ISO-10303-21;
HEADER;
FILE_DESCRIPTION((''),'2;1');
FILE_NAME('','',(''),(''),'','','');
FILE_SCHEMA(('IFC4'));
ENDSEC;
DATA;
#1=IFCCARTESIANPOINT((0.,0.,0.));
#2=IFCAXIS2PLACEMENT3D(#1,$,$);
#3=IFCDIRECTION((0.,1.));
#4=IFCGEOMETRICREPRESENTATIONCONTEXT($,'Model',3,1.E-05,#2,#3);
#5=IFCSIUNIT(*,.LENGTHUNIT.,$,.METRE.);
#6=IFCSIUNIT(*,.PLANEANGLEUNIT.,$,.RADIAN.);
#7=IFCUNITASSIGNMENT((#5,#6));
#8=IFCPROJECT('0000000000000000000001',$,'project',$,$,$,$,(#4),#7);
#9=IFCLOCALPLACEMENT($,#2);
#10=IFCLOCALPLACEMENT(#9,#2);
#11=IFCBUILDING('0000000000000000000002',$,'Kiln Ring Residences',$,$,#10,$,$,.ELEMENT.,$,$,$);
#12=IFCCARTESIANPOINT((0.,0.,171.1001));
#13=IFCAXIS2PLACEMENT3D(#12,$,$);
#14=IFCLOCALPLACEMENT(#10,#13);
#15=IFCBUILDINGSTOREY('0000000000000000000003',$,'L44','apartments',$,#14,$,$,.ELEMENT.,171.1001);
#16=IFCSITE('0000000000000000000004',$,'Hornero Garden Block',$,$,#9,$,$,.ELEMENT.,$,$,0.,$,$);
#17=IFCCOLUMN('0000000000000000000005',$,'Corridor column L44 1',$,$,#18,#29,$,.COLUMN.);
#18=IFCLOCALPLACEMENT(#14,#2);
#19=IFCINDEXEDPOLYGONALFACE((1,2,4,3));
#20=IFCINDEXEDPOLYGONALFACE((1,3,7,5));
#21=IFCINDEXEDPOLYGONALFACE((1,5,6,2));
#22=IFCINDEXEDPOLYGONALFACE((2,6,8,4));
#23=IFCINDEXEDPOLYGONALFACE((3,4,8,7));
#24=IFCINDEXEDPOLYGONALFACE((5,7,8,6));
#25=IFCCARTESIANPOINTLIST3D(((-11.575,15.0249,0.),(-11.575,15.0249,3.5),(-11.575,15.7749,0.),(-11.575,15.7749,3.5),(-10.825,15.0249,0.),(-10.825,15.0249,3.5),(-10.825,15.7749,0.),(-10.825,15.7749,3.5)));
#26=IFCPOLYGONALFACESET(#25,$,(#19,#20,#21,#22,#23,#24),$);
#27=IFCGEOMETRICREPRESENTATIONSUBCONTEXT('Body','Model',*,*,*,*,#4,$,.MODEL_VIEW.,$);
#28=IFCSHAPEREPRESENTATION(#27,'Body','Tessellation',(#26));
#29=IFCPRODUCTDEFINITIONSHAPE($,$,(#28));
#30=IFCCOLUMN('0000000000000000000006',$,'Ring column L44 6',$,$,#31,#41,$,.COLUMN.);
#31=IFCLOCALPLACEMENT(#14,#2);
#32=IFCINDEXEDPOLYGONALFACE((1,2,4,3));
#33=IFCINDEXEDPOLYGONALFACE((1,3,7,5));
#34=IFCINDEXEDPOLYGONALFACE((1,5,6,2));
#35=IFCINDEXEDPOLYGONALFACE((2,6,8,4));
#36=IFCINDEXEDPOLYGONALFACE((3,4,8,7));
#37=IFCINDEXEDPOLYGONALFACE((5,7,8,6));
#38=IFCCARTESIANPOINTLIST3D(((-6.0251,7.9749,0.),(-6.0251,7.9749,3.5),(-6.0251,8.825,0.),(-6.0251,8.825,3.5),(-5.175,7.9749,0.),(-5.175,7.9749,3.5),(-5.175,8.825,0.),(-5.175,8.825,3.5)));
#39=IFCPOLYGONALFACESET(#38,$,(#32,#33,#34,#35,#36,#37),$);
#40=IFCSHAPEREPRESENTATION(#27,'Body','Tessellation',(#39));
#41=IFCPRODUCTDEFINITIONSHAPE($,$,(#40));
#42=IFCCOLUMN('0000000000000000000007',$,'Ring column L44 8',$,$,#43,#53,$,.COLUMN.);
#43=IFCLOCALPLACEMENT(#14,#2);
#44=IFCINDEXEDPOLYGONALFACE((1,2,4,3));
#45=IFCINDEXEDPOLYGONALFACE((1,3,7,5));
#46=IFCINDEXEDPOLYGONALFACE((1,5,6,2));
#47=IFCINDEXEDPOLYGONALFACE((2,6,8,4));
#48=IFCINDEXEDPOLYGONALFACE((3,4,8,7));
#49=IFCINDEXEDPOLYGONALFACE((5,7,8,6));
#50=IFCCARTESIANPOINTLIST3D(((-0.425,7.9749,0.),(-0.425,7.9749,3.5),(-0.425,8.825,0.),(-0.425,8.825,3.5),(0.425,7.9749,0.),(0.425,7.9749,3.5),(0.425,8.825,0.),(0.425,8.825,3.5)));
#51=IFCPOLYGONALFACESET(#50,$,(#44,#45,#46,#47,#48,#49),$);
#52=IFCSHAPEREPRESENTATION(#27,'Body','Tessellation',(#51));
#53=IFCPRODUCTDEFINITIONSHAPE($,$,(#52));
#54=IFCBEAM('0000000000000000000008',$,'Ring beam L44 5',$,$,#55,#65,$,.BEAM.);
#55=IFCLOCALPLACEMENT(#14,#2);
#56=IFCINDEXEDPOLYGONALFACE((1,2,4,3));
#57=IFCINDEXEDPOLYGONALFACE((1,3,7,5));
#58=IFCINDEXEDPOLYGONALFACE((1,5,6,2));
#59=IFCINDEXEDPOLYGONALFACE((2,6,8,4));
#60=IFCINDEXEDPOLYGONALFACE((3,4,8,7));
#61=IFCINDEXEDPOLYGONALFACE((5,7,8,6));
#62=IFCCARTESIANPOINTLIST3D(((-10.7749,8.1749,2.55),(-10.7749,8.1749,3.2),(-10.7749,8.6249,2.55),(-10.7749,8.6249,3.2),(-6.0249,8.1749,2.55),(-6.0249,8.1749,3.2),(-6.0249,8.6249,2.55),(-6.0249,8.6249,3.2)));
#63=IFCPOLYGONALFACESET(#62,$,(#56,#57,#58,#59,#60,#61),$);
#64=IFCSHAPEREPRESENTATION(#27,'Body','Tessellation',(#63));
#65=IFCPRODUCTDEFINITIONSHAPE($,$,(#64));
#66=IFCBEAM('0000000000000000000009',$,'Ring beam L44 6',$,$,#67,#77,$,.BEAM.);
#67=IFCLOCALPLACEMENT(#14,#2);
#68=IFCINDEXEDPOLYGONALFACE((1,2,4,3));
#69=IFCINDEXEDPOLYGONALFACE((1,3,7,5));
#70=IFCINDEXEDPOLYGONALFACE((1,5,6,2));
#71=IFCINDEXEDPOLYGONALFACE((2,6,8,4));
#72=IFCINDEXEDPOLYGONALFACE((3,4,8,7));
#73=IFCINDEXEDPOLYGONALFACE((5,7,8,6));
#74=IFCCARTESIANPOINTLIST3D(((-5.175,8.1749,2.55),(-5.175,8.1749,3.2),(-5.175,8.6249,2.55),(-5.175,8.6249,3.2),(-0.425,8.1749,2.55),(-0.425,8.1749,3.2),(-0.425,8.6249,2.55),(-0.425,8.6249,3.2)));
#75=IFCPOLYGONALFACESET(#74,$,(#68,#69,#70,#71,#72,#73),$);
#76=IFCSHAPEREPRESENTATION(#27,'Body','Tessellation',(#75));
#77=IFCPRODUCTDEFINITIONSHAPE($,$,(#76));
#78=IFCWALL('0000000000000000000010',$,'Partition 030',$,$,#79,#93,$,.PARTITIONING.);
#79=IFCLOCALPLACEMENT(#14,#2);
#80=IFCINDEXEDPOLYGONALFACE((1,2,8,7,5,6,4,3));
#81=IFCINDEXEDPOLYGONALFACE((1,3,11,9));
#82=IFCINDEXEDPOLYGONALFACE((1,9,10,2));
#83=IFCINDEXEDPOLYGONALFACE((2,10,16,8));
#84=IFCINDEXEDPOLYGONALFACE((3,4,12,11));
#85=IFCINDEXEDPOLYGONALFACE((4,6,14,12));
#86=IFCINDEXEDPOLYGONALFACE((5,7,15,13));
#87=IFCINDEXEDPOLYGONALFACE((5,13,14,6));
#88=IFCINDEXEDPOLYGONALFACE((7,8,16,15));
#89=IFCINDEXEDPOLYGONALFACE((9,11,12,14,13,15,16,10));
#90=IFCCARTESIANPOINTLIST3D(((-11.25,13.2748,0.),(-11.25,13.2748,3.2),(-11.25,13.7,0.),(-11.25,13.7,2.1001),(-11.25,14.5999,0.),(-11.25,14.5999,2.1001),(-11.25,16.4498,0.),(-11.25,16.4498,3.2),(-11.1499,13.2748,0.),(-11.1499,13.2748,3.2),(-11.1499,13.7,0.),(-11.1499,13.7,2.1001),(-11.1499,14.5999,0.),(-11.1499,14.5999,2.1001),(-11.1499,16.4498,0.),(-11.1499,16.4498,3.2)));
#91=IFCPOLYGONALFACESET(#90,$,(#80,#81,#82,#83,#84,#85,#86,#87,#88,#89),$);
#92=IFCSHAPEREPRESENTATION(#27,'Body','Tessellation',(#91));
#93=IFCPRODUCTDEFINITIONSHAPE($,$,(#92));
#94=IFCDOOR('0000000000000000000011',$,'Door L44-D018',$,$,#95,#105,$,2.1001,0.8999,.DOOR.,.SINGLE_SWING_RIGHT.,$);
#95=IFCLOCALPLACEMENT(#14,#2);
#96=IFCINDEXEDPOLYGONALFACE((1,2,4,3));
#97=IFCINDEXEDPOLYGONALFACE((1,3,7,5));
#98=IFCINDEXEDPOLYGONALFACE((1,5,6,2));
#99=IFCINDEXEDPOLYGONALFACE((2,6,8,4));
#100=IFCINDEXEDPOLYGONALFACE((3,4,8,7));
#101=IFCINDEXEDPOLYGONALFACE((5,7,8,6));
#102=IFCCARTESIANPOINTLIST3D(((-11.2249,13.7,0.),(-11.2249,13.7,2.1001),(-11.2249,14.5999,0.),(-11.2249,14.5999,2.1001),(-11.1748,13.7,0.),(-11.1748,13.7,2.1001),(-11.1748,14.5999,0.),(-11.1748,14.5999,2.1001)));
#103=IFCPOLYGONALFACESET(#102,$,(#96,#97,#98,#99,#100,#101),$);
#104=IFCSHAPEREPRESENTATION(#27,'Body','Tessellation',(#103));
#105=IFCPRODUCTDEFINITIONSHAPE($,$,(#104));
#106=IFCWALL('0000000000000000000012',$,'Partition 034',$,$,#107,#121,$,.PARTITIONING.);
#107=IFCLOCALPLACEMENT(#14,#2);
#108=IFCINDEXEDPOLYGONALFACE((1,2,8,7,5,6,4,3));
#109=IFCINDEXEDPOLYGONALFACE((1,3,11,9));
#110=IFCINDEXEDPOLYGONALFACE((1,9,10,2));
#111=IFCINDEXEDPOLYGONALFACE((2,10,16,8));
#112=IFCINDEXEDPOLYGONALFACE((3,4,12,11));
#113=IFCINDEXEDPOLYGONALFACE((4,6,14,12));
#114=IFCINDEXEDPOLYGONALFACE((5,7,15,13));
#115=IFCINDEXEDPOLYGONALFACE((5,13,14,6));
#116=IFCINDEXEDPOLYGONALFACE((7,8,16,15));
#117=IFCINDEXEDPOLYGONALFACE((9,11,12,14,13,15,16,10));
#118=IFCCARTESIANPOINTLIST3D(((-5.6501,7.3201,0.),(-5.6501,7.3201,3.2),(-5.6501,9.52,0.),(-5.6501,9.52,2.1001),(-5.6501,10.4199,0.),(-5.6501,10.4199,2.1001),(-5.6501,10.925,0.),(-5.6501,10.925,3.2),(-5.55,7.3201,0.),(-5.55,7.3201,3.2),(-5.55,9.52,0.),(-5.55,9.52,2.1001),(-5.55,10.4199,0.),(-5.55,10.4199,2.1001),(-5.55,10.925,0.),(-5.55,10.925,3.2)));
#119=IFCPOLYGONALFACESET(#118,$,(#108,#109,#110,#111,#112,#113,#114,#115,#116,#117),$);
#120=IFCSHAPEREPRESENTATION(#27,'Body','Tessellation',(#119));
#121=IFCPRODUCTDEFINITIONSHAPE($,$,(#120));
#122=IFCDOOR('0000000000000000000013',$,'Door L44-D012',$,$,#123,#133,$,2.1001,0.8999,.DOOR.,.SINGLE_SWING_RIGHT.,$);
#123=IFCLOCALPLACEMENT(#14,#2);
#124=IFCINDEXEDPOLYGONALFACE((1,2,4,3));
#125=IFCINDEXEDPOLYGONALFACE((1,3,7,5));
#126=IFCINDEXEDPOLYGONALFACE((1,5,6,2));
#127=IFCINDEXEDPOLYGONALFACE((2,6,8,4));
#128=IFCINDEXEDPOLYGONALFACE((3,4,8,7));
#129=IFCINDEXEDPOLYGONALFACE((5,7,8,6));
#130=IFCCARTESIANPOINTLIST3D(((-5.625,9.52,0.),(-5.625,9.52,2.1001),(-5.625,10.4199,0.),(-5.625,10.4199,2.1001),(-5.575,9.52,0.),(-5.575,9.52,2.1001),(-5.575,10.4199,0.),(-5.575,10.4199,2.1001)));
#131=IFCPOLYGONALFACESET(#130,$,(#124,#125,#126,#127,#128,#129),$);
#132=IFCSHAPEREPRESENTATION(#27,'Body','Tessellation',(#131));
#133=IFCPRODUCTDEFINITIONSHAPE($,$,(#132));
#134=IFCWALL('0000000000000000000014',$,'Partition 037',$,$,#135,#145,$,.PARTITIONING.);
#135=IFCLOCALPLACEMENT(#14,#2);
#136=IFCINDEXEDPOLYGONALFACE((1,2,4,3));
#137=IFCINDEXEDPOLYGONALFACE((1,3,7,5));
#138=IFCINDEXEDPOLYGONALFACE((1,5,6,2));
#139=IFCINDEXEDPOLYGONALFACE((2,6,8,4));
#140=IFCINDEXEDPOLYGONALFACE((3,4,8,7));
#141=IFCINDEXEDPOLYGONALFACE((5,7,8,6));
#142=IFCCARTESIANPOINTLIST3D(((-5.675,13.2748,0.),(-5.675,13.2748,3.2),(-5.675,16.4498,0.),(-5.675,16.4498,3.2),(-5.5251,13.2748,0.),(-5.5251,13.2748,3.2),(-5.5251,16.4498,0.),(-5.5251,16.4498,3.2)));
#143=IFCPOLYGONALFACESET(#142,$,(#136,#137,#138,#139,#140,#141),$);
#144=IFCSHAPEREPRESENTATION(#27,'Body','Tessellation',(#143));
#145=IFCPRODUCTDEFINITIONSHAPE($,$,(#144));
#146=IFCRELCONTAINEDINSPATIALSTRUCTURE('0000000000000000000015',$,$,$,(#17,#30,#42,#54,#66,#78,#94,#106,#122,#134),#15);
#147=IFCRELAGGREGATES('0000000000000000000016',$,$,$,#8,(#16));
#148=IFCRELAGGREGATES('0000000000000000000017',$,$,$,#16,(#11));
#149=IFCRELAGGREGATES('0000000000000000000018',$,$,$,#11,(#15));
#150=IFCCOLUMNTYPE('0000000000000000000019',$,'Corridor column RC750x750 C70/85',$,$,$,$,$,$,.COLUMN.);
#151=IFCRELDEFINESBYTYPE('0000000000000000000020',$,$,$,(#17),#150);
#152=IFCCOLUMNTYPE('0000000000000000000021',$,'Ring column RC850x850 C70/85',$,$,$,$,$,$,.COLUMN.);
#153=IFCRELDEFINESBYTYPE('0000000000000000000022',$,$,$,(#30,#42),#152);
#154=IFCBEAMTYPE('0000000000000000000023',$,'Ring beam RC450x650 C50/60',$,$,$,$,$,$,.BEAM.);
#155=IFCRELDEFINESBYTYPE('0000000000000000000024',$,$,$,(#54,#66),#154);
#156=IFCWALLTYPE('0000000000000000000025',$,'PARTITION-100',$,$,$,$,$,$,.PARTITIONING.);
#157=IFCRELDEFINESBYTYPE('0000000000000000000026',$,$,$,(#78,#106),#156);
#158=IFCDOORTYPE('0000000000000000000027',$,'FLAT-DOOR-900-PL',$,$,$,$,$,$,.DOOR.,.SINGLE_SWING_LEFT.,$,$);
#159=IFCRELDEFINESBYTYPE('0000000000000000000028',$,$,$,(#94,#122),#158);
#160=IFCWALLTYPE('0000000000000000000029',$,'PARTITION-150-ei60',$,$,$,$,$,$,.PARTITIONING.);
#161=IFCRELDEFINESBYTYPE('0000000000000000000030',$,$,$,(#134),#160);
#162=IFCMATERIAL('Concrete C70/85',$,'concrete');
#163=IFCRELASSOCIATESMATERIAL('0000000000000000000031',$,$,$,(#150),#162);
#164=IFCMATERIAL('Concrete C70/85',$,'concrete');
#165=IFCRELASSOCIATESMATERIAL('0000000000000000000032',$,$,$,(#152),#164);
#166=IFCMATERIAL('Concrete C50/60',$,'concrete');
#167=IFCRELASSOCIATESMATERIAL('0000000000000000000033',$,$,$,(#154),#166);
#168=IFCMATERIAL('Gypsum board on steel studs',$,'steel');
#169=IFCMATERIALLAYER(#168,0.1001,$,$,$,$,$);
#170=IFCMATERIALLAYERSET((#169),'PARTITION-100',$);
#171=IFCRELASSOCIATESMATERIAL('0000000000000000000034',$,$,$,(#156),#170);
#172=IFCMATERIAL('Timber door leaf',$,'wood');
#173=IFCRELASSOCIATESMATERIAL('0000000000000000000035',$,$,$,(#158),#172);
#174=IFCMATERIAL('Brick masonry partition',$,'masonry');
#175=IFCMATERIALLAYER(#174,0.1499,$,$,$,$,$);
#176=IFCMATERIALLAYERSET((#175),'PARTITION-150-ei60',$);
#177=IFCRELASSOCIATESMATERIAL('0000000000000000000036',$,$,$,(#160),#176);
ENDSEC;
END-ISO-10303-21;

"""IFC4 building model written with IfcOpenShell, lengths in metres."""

from ifc_helpers import new_model, si_unit, direction, frame, frame_2d, origin, origin_2d, place, context, subcontext, project, spatial, rectangle, extrude, material, layer, layer_set, material_profile, profile_set, type_object, element, fill, save


model = new_model("IFC4")

# Units and contexts
model_context = context("Model", 3, precision=1e-05, world=origin(), true_north=direction((0.0, 1.0)))
body_context = subcontext(model_context, "Body", "Model", "MODEL_VIEW")
ifc_project = project(units=[si_unit("LENGTHUNIT", "METRE"), si_unit("PLANEANGLEUNIT", "RADIAN")], contexts=[model_context])

# Site, building, storey
site_placement = place(None, origin())
site = spatial("IfcSite", under=ifc_project, at=site_placement, Name="Hornero Garden Block", CompositionType="ELEMENT", RefElevation=0.0)
building_placement = place(site_placement, origin())
building = spatial("IfcBuilding", under=site, at=building_placement, Name="Kiln Ring Residences", CompositionType="ELEMENT")
storey_placement = place(building_placement, frame((0.0, 0.0, 171.1001)))
storey = spatial("IfcBuildingStorey", under=building, at=storey_placement, Name="L44", Description="apartments", CompositionType="ELEMENT", Elevation=171.1001)

# Columns
ifc_material_1 = material(Name="Concrete C70/85", Category="concrete")
ifc_material_profile_1 = material_profile(ifc_material_1, rectangle(XDim=0.75, YDim=0.75, at=origin_2d()), Name="RC750x750")
ifc_profile_set_1 = profile_set([ifc_material_profile_1], Name="Concrete C70/85")
column_type_1 = type_object("IfcColumnType", Name="Corridor column RC750x750 C70/85", PredefinedType="COLUMN", material=ifc_profile_set_1)
column_placement = place(storey_placement, frame((-11.2, 15.3999, 0.0), z_axis=(0.0, 0.0, 1.0), x_axis=(1.0, 0.0, 0.0)))
element("IfcColumn", 1, at=column_placement, inside=storey, type_object=column_type_1, Name="Corridor column L44 1", PredefinedType="COLUMN", context=body_context, shape_type="SweptSolid", body=[
    extrude(rectangle(XDim=0.75, YDim=0.75, at=origin_2d()), origin(), (0.0, 0.0, 1.0), 3.5),
])
ifc_material_2 = material(Name="Concrete C70/85", Category="concrete")
ifc_material_profile_2 = material_profile(ifc_material_2, rectangle(XDim=0.8501, YDim=0.8501, at=origin_2d()), Name="RC850x850")
ifc_profile_set_2 = profile_set([ifc_material_profile_2], Name="Concrete C70/85")
column_type_2 = type_object("IfcColumnType", Name="Ring column RC850x850 C70/85", PredefinedType="COLUMN", material=ifc_profile_set_2)
for number, where, z_axis, x_axis, name in (
    (2, (-5.6001, 8.3999, 0.0), (0.0, 0.0, 1.0), (1.0, 0.0, 0.0), "Ring column L44 6"),
    (3, (0.0, 8.3999, 0.0), (0.0, 0.0, 1.0), (1.0, 0.0, 0.0), "Ring column L44 8"),
):
    element("IfcColumn", number, at=place(storey_placement, frame(where, z_axis=z_axis, x_axis=x_axis)), inside=storey, type_object=column_type_2, Name=name, PredefinedType="COLUMN", context=body_context, shape_type="SweptSolid", body=[
        extrude(rectangle(XDim=0.8501, YDim=0.8501, at=origin_2d()), origin(), (0.0, 0.0, 1.0), 3.5),
    ])

# Beams
ifc_material_3 = material(Name="Concrete C50/60", Category="concrete")
ifc_material_profile_3 = material_profile(ifc_material_3, rectangle(XDim=0.45, YDim=0.6499, at=origin_2d()), Name="RC450x650")
ifc_profile_set_3 = profile_set([ifc_material_profile_3], Name="Concrete C50/60")
beam_type = type_object("IfcBeamType", Name="Ring beam RC450x650 C50/60", PredefinedType="BEAM", material=ifc_profile_set_3)
for number, where, z_axis, x_axis, name in (
    (4, (-10.7749, 8.3999, 2.875), (1.0, 0.0, 0.0), (0.0, 1.0, 0.0), "Ring beam L44 5"),
    (5, (-5.175, 8.3999, 2.875), (1.0, 0.0, 0.0), (0.0, 1.0, 0.0), "Ring beam L44 6"),
):
    element("IfcBeam", number, at=place(storey_placement, frame(where, z_axis=z_axis, x_axis=x_axis)), inside=storey, type_object=beam_type, Name=name, PredefinedType="BEAM", context=body_context, shape_type="SweptSolid", body=[
        extrude(rectangle(XDim=0.45, YDim=0.6499, at=origin_2d()), origin(), (0.0, 0.0, 1.0), 4.75),
    ])

# Walls, openings, doors
ifc_material_4 = material(Name="Gypsum board on steel studs", Category="steel")
ifc_layer_1 = layer(ifc_material_4, 0.1001)
ifc_layer_set_1 = layer_set([ifc_layer_1], Name="PARTITION-100")
wall_type_1 = type_object("IfcWallType", Name="PARTITION-100", PredefinedType="PARTITIONING", material=ifc_layer_set_1)
wall_1_placement = place(storey_placement, frame((-11.2, 13.2749, 0.0), z_axis=(0.0, 0.0, 1.0), x_axis=(0.0, 1.0, 0.0)))
wall_1 = element("IfcWall", 6, at=wall_1_placement, inside=storey, type_object=wall_type_1, Name="Partition 030", PredefinedType="PARTITIONING", context=body_context, shape_type="SweptSolid", body=[
    extrude(rectangle(XDim=3.175, YDim=0.1001, at=frame_2d((1.5874, 0.0))), origin(), (0.0, 0.0, 1.0), 3.2),
])
opening_1_placement = place(wall_1_placement, frame((0.425, 0.0, 0.0)))
opening_1 = element("IfcOpeningElement", 7, at=opening_1_placement, cuts=wall_1, PredefinedType="OPENING", context=body_context, shape_type="SweptSolid", body=[
    extrude(rectangle(XDim=0.8999, YDim=2.1001, at=frame_2d((0.45, 1.05))), frame((0.0, 0.0601, 0.0), z_axis=(0.0, -1.0, 0.0), x_axis=(1.0, 0.0, 0.0)), (0.0, 0.0, 1.0), 0.1201),
])
ifc_material_5 = material(Name="Timber door leaf", Category="wood")
door_type = type_object("IfcDoorType", Name="FLAT-DOOR-900-PL", OperationType="SINGLE_SWING_LEFT", PredefinedType="DOOR", material=ifc_material_5)
door_1_placement = place(opening_1_placement, origin())
door_1 = element("IfcDoor", 8, at=door_1_placement, inside=storey, type_object=door_type, Name="Door L44-D018", OperationType="SINGLE_SWING_RIGHT", OverallHeight=2.1001, OverallWidth=0.8999, PredefinedType="DOOR", context=body_context, shape_type="SweptSolid", body=[
    extrude(rectangle(XDim=0.8999, YDim=2.1001, at=frame_2d((0.45, 1.05))), frame((0.0, 0.0249, 0.0), z_axis=(0.0, -1.0, 0.0), x_axis=(1.0, 0.0, 0.0)), (0.0, 0.0, 1.0), 0.05),
])
fill(opening_1, door_1)
wall_2_placement = place(storey_placement, frame((-5.6001, 7.3201, 0.0), z_axis=(0.0, 0.0, 1.0), x_axis=(0.0, 1.0, 0.0)))
wall_2 = element("IfcWall", 9, at=wall_2_placement, inside=storey, type_object=wall_type_1, Name="Partition 034", PredefinedType="PARTITIONING", context=body_context, shape_type="SweptSolid", body=[
    extrude(rectangle(XDim=3.605, YDim=0.1001, at=frame_2d((1.8025, 0.0))), origin(), (0.0, 0.0, 1.0), 3.2),
])
opening_2_placement = place(wall_2_placement, frame((2.2, 0.0, 0.0)))
opening_2 = element("IfcOpeningElement", 10, at=opening_2_placement, cuts=wall_2, PredefinedType="OPENING", context=body_context, shape_type="SweptSolid", body=[
    extrude(rectangle(XDim=0.8999, YDim=2.1001, at=frame_2d((0.45, 1.05))), frame((0.0, 0.0601, 0.0), z_axis=(0.0, -1.0, 0.0), x_axis=(1.0, 0.0, 0.0)), (0.0, 0.0, 1.0), 0.1201),
])
door_2_placement = place(opening_2_placement, origin())
door_2 = element("IfcDoor", 11, at=door_2_placement, inside=storey, type_object=door_type, Name="Door L44-D012", OperationType="SINGLE_SWING_RIGHT", OverallHeight=2.1001, OverallWidth=0.8999, PredefinedType="DOOR", context=body_context, shape_type="SweptSolid", body=[
    extrude(rectangle(XDim=0.8999, YDim=2.1001, at=frame_2d((0.45, 1.05))), frame((0.0, 0.0249, 0.0), z_axis=(0.0, -1.0, 0.0), x_axis=(1.0, 0.0, 0.0)), (0.0, 0.0, 1.0), 0.05),
])
fill(opening_2, door_2)

# Wall
ifc_material_6 = material(Name="Brick masonry partition", Category="masonry")
ifc_layer_2 = layer(ifc_material_6, 0.1499)
ifc_layer_set_2 = layer_set([ifc_layer_2], Name="PARTITION-150-ei60")
wall_type_2 = type_object("IfcWallType", Name="PARTITION-150-ei60", PredefinedType="PARTITIONING", material=ifc_layer_set_2)
wall_3_placement = place(storey_placement, frame((-5.6001, 13.2749, 0.0), z_axis=(0.0, 0.0, 1.0), x_axis=(0.0, 1.0, 0.0)))
element("IfcWall", 12, at=wall_3_placement, inside=storey, type_object=wall_type_2, Name="Partition 037", PredefinedType="PARTITIONING", context=body_context, shape_type="SweptSolid", body=[
    extrude(rectangle(XDim=3.175, YDim=0.1499, at=frame_2d((1.5874, 0.0))), origin(), (0.0, 0.0, 1.0), 3.2),
])

save(model, "model.ifc")
